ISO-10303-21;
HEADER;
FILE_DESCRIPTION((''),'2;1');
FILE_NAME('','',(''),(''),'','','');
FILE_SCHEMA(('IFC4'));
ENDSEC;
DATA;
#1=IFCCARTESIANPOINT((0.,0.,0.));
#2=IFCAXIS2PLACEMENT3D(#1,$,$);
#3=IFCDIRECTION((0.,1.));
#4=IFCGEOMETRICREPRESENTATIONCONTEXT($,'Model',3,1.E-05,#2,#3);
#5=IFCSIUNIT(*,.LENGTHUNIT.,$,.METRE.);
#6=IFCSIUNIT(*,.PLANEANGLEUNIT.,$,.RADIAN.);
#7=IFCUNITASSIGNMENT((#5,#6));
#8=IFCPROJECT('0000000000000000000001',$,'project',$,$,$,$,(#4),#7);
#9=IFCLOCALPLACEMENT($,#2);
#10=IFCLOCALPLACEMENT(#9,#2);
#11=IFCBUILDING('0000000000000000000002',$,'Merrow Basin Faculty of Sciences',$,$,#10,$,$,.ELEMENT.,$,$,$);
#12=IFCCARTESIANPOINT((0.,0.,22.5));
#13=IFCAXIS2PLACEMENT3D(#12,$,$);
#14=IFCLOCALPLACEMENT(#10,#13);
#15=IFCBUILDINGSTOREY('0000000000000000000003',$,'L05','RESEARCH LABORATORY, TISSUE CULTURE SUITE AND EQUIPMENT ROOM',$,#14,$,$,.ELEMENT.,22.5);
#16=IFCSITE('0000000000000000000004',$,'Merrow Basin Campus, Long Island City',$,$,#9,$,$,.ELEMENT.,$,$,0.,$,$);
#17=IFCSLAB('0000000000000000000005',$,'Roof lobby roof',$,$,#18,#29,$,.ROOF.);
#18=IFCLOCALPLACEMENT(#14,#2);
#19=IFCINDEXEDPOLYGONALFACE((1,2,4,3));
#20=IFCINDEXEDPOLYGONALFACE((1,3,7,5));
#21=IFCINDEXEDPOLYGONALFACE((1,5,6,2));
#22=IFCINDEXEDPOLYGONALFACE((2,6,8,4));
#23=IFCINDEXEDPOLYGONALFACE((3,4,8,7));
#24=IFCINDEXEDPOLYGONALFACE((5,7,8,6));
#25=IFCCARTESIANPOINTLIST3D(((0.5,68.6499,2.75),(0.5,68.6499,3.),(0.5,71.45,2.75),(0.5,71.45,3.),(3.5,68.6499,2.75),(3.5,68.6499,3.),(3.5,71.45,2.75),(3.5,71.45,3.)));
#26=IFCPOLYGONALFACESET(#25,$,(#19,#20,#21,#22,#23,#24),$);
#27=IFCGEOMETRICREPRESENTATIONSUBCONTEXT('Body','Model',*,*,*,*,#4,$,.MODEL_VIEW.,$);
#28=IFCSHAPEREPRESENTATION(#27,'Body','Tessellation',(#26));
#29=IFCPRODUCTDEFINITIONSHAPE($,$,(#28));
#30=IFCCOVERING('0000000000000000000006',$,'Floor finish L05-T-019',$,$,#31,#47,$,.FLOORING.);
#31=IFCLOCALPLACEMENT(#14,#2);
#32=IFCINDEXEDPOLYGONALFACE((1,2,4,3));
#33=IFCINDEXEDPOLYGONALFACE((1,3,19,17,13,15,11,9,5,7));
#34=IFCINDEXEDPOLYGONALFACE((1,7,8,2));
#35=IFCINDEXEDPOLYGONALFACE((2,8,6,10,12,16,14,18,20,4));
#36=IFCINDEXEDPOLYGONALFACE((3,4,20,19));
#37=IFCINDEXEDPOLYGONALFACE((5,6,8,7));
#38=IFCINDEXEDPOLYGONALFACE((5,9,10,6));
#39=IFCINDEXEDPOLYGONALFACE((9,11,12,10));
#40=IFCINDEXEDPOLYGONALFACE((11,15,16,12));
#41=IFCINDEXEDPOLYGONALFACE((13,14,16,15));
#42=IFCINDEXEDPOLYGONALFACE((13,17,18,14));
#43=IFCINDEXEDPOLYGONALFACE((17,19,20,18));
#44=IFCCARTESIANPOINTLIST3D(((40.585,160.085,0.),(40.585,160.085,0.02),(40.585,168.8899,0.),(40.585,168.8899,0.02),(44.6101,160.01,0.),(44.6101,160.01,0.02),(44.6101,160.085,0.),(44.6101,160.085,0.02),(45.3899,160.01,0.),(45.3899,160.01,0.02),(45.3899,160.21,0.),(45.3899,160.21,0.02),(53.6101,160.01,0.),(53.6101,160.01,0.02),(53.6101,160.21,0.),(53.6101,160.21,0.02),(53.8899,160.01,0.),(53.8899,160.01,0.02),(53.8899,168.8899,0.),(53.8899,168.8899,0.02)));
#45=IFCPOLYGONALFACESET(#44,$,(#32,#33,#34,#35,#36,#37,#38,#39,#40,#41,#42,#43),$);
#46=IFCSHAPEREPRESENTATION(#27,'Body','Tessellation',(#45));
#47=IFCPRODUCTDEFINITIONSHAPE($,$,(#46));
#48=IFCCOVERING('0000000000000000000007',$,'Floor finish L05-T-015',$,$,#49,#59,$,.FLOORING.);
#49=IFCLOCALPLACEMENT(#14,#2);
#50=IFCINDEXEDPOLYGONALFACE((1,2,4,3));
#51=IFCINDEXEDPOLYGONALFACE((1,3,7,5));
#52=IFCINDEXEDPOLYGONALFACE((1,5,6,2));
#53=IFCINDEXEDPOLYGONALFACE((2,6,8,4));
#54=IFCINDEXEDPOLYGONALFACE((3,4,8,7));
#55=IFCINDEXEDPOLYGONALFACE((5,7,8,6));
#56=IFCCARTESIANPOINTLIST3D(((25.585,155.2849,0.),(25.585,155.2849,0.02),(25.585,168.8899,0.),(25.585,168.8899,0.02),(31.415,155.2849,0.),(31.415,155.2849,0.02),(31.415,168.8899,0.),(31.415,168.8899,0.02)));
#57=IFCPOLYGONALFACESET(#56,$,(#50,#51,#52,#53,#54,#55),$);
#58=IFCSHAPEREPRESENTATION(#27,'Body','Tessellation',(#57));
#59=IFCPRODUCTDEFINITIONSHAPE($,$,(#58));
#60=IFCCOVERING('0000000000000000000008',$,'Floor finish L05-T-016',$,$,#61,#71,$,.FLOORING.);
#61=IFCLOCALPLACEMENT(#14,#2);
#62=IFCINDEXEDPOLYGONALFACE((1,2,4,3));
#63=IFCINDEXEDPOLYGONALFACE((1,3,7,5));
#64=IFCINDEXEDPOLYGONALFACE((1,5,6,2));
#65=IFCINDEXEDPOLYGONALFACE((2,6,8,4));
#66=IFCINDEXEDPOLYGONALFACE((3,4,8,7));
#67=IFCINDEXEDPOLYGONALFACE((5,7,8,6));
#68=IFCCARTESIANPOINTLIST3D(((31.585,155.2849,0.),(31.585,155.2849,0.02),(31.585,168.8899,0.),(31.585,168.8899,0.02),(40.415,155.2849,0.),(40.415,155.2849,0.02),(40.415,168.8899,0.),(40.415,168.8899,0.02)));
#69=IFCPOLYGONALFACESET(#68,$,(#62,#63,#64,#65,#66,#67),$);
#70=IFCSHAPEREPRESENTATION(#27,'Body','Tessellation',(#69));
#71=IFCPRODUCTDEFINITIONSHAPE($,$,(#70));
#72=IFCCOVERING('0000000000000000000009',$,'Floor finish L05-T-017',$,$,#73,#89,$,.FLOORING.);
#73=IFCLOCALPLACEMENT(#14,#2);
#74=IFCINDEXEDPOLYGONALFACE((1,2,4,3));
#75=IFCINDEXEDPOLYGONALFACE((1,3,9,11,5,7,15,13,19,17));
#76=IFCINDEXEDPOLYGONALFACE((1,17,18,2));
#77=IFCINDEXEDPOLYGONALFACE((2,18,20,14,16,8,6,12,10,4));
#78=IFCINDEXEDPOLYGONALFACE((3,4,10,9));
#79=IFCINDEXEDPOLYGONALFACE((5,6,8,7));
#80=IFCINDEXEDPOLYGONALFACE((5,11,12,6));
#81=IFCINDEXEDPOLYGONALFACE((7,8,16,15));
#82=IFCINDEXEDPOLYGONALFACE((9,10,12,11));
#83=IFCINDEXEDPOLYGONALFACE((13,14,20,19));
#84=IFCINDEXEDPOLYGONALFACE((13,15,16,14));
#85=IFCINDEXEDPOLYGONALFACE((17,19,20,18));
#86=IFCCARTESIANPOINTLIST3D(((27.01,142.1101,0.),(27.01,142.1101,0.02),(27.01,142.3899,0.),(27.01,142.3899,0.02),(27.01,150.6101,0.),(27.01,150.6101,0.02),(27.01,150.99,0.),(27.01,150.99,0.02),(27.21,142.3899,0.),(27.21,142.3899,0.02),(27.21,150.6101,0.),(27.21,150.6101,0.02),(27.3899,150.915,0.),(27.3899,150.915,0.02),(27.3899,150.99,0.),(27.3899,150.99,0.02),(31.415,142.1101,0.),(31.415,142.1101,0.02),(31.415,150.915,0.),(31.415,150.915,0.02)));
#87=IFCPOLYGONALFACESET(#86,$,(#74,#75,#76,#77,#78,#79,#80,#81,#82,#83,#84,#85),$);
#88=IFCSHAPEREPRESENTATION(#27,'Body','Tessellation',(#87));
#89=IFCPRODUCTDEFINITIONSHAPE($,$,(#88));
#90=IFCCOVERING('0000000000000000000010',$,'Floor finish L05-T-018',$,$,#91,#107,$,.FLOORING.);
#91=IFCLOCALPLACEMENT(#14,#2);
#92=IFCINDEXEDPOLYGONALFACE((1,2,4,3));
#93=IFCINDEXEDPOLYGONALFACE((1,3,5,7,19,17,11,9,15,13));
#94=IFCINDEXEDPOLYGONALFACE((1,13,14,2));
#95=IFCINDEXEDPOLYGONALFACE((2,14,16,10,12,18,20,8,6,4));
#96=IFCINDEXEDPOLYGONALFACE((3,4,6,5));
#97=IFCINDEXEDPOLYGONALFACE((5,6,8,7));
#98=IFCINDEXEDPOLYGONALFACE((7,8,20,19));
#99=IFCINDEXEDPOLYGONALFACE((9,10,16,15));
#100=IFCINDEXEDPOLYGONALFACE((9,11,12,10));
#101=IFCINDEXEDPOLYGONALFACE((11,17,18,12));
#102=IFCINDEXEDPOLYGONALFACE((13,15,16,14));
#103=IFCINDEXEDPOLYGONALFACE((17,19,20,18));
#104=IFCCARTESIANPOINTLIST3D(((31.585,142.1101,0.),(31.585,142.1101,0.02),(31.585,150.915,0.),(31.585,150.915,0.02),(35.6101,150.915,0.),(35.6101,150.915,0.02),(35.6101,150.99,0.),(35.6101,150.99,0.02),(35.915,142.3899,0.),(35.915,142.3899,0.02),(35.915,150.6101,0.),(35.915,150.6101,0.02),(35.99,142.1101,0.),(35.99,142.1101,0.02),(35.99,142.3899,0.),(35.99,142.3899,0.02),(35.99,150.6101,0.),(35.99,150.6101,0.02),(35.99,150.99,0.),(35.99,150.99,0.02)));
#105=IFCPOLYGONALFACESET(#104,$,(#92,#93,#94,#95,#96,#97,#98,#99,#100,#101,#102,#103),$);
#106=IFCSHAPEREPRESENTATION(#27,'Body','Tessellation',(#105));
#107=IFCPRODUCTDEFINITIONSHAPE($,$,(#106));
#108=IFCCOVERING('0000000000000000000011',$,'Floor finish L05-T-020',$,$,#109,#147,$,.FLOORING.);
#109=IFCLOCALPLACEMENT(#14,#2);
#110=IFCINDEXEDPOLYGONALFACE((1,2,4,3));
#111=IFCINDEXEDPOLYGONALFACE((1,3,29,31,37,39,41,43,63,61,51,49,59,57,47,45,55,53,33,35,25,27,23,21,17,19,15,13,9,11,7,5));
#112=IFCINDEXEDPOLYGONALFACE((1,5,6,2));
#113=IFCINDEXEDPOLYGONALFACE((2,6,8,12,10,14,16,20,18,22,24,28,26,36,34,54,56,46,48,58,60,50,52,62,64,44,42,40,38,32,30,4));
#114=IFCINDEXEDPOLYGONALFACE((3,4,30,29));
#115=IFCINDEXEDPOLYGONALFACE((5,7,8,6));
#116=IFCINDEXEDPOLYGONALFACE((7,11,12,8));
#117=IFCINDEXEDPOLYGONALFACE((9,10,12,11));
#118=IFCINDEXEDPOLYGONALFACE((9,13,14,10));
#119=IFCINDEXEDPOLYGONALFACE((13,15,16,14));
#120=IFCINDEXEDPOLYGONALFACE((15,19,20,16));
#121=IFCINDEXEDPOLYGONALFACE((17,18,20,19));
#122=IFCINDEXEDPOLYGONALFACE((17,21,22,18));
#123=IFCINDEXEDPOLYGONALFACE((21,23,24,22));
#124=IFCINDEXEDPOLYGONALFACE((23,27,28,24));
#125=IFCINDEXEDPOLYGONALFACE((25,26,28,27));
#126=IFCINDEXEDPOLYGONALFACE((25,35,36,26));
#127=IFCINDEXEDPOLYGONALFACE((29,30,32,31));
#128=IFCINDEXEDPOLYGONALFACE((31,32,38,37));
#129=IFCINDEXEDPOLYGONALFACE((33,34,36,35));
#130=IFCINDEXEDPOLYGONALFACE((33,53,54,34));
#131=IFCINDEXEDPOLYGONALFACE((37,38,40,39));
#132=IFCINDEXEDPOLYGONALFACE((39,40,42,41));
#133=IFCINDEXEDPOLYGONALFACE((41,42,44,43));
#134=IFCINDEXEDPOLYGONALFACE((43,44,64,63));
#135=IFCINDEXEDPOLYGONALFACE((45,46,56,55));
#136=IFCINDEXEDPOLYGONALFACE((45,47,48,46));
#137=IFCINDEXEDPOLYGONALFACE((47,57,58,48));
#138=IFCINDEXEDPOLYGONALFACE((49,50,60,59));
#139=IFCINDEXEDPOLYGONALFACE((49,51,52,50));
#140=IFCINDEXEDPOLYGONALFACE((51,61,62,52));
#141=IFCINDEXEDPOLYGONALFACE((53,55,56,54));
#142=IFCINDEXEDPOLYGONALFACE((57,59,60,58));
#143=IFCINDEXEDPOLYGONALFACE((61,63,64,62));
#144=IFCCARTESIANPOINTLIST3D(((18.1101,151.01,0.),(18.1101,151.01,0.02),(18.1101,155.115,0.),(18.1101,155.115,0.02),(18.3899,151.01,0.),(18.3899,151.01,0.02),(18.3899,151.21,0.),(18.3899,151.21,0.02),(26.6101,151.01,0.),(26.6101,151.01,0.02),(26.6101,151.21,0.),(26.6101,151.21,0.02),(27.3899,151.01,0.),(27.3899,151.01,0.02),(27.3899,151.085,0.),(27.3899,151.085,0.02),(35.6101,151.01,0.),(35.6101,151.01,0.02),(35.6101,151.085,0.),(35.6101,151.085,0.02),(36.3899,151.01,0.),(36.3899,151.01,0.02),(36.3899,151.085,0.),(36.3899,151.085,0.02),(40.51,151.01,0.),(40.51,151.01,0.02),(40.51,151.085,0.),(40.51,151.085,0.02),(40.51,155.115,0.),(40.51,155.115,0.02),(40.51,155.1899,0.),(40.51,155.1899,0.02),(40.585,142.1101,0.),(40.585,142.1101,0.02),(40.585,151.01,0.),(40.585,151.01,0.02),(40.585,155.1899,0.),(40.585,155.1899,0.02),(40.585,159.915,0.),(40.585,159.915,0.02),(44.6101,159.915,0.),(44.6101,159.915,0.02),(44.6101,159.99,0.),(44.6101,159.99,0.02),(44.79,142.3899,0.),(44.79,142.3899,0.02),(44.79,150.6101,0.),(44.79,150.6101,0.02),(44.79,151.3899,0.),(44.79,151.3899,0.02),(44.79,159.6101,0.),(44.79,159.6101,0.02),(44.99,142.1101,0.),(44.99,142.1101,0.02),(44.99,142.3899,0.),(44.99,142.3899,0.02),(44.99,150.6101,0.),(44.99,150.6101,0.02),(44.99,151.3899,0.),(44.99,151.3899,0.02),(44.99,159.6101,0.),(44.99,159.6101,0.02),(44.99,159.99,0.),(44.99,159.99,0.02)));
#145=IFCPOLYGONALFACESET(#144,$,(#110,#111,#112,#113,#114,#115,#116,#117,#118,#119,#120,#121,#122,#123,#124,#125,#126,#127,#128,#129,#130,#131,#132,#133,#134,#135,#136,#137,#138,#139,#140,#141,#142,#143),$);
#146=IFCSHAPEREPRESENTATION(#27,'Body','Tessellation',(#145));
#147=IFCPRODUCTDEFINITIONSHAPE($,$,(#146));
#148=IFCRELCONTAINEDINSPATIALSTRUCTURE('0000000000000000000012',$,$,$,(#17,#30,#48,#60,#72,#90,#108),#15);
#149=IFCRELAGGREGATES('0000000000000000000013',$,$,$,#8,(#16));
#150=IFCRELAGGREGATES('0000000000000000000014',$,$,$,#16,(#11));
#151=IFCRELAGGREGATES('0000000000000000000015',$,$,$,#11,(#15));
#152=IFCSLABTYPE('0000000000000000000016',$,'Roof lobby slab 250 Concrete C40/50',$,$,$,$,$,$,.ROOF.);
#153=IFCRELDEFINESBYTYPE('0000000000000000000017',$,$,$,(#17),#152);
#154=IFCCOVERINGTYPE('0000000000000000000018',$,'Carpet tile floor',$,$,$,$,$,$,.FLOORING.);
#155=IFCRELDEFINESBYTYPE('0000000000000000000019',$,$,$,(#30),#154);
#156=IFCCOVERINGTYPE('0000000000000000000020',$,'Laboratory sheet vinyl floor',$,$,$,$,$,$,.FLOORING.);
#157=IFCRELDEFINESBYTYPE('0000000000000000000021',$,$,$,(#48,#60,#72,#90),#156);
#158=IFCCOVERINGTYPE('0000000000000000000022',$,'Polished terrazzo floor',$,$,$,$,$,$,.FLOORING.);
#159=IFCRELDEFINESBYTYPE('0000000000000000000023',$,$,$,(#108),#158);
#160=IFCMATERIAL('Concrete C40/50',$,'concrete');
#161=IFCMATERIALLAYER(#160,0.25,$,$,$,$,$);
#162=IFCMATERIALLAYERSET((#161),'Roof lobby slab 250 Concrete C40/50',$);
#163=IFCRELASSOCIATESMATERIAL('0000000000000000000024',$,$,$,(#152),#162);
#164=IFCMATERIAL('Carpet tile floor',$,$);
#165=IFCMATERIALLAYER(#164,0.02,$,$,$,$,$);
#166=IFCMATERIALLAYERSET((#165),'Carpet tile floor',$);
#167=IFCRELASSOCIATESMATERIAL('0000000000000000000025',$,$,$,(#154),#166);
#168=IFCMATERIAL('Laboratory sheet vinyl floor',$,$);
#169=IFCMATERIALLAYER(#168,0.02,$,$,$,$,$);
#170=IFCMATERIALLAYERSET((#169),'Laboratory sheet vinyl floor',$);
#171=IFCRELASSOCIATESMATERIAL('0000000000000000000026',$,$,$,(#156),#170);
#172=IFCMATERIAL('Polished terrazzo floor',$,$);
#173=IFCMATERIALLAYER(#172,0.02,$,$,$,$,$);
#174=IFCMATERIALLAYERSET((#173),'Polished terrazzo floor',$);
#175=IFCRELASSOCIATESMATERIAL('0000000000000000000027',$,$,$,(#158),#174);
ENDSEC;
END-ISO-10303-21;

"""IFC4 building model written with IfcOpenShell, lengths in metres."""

from ifc_helpers import new_model, si_unit, direction, frame, origin, place, context, subcontext, project, spatial, polyline, outline, extrude, material, layer, layer_set, type_object, element, save


model = new_model("IFC4")

# Units and contexts
model_context = context("Model", 3, precision=1e-05, world=origin(), true_north=direction((0.0, 1.0)))
body_context = subcontext(model_context, "Body", "Model", "MODEL_VIEW")
ifc_project = project(units=[si_unit("LENGTHUNIT", "METRE"), si_unit("PLANEANGLEUNIT", "RADIAN")], contexts=[model_context])

# Site, building, storey
site_placement = place(None, origin())
site = spatial("IfcSite", under=ifc_project, at=site_placement, Name="Merrow Basin Campus, Long Island City", CompositionType="ELEMENT", RefElevation=0.0)
building_placement = place(site_placement, origin())
building = spatial("IfcBuilding", under=site, at=building_placement, Name="Merrow Basin Faculty of Sciences", CompositionType="ELEMENT")
storey_placement = place(building_placement, frame((0.0, 0.0, 22.5)))
storey = spatial("IfcBuildingStorey", under=building, at=storey_placement, Name="L05", Description="RESEARCH LABORATORY, TISSUE CULTURE SUITE AND EQUIPMENT ROOM", CompositionType="ELEMENT", Elevation=22.5)

# Slab
ifc_material_1 = material(Name="Concrete C40/50", Category="concrete")
ifc_layer_1 = layer(ifc_material_1, 0.25)
ifc_layer_set_1 = layer_set([ifc_layer_1], Name="Roof lobby slab 250 Concrete C40/50")
slab_type = type_object("IfcSlabType", Name="Roof lobby slab 250 Concrete C40/50", PredefinedType="ROOF", material=ifc_layer_set_1)
slab_placement = place(storey_placement, frame((0.0, 0.0, 2.75)))
element("IfcSlab", 1, at=slab_placement, inside=storey, type_object=slab_type, Name="Roof lobby roof", PredefinedType="ROOF", context=body_context, shape_type="SweptSolid", body=[
    extrude(outline(polyline([(0.5, 68.6499), (3.5, 68.6499), (3.5, 71.45), (0.5, 71.45), (0.5, 68.6499)])), origin(), (0.0, 0.0, 1.0), 0.25),
])

# Coverings
ifc_material_2 = material(Name="Carpet tile floor")
ifc_layer_2 = layer(ifc_material_2, 0.02)
ifc_layer_set_2 = layer_set([ifc_layer_2], Name="Carpet tile floor")
covering_type_1 = type_object("IfcCoveringType", Name="Carpet tile floor", PredefinedType="FLOORING", material=ifc_layer_set_2)
covering_1_placement = place(storey_placement, origin())
element("IfcCovering", 2, at=covering_1_placement, inside=storey, type_object=covering_type_1, Name="Floor finish L05-T-019", PredefinedType="FLOORING", context=body_context, shape_type="SweptSolid", body=[
    extrude(outline(polyline([(53.8899, 168.8899), (53.8899, 160.01), (53.6101, 160.01), (53.6101, 160.21), (45.3899, 160.21), (45.3899, 160.01), (44.6101, 160.01), (44.6101, 160.085), (40.585, 160.085), (40.585, 168.8899), (53.8899, 168.8899)])), origin(), (0.0, 0.0, 1.0), 0.02),
])
ifc_material_3 = material(Name="Laboratory sheet vinyl floor")
ifc_layer_3 = layer(ifc_material_3, 0.02)
ifc_layer_set_3 = layer_set([ifc_layer_3], Name="Laboratory sheet vinyl floor")
covering_type_2 = type_object("IfcCoveringType", Name="Laboratory sheet vinyl floor", PredefinedType="FLOORING", material=ifc_layer_set_3)
covering_2_placement = place(storey_placement, origin())
element("IfcCovering", 3, at=covering_2_placement, inside=storey, type_object=covering_type_2, Name="Floor finish L05-T-015", PredefinedType="FLOORING", context=body_context, shape_type="SweptSolid", body=[
    extrude(outline(polyline([(31.415, 168.8899), (31.415, 155.2849), (25.585, 155.2849), (25.585, 168.8899), (31.415, 168.8899)])), origin(), (0.0, 0.0, 1.0), 0.02),
])
covering_3_placement = place(storey_placement, origin())
element("IfcCovering", 4, at=covering_3_placement, inside=storey, type_object=covering_type_2, Name="Floor finish L05-T-016", PredefinedType="FLOORING", context=body_context, shape_type="SweptSolid", body=[
    extrude(outline(polyline([(40.415, 168.8899), (40.415, 155.2849), (31.585, 155.2849), (31.585, 168.8899), (40.415, 168.8899)])), origin(), (0.0, 0.0, 1.0), 0.02),
])
covering_4_placement = place(storey_placement, origin())
element("IfcCovering", 5, at=covering_4_placement, inside=storey, type_object=covering_type_2, Name="Floor finish L05-T-017", PredefinedType="FLOORING", context=body_context, shape_type="SweptSolid", body=[
    extrude(outline(polyline([(27.3899, 150.99), (27.3899, 150.915), (31.415, 150.915), (31.415, 142.1101), (27.01, 142.1101), (27.01, 142.3899), (27.21, 142.3899), (27.21, 150.6101), (27.01, 150.6101), (27.01, 150.99), (27.3899, 150.99)])), origin(), (0.0, 0.0, 1.0), 0.02),
])
covering_5_placement = place(storey_placement, origin())
element("IfcCovering", 6, at=covering_5_placement, inside=storey, type_object=covering_type_2, Name="Floor finish L05-T-018", PredefinedType="FLOORING", context=body_context, shape_type="SweptSolid", body=[
    extrude(outline(polyline([(35.99, 150.99), (35.99, 150.6101), (35.915, 150.6101), (35.915, 142.3899), (35.99, 142.3899), (35.99, 142.1101), (31.585, 142.1101), (31.585, 150.915), (35.6101, 150.915), (35.6101, 150.99), (35.99, 150.99)])), origin(), (0.0, 0.0, 1.0), 0.02),
])
ifc_material_4 = material(Name="Polished terrazzo floor")
ifc_layer_4 = layer(ifc_material_4, 0.02)
ifc_layer_set_4 = layer_set([ifc_layer_4], Name="Polished terrazzo floor")
covering_type_3 = type_object("IfcCoveringType", Name="Polished terrazzo floor", PredefinedType="FLOORING", material=ifc_layer_set_4)
covering_6_placement = place(storey_placement, origin())
element("IfcCovering", 7, at=covering_6_placement, inside=storey, type_object=covering_type_3, Name="Floor finish L05-T-020", PredefinedType="FLOORING", context=body_context, shape_type="SweptSolid", body=[
    extrude(outline(polyline([(44.99, 159.6101), (44.79, 159.6101), (44.79, 151.3899), (44.99, 151.3899), (44.99, 150.6101), (44.79, 150.6101), (44.79, 142.3899), (44.99, 142.3899), (44.99, 142.1101), (40.585, 142.1101), (40.585, 151.01), (40.51, 151.01), (40.51, 151.085), (36.3899, 151.085), (36.3899, 151.01), (35.6101, 151.01), (35.6101, 151.085), (27.3899, 151.085), (27.3899, 151.01), (26.6101, 151.01), (26.6101, 151.21), (18.3899, 151.21), (18.3899, 151.01), (18.1101, 151.01), (18.1101, 155.115), (40.51, 155.115), (40.51, 155.1899), (40.585, 155.1899), (40.585, 159.915), (44.6101, 159.915), (44.6101, 159.99), (44.99, 159.99), (44.99, 159.6101)])), origin(), (0.0, 0.0, 1.0), 0.02),
])

save(model, "model.ifc")
